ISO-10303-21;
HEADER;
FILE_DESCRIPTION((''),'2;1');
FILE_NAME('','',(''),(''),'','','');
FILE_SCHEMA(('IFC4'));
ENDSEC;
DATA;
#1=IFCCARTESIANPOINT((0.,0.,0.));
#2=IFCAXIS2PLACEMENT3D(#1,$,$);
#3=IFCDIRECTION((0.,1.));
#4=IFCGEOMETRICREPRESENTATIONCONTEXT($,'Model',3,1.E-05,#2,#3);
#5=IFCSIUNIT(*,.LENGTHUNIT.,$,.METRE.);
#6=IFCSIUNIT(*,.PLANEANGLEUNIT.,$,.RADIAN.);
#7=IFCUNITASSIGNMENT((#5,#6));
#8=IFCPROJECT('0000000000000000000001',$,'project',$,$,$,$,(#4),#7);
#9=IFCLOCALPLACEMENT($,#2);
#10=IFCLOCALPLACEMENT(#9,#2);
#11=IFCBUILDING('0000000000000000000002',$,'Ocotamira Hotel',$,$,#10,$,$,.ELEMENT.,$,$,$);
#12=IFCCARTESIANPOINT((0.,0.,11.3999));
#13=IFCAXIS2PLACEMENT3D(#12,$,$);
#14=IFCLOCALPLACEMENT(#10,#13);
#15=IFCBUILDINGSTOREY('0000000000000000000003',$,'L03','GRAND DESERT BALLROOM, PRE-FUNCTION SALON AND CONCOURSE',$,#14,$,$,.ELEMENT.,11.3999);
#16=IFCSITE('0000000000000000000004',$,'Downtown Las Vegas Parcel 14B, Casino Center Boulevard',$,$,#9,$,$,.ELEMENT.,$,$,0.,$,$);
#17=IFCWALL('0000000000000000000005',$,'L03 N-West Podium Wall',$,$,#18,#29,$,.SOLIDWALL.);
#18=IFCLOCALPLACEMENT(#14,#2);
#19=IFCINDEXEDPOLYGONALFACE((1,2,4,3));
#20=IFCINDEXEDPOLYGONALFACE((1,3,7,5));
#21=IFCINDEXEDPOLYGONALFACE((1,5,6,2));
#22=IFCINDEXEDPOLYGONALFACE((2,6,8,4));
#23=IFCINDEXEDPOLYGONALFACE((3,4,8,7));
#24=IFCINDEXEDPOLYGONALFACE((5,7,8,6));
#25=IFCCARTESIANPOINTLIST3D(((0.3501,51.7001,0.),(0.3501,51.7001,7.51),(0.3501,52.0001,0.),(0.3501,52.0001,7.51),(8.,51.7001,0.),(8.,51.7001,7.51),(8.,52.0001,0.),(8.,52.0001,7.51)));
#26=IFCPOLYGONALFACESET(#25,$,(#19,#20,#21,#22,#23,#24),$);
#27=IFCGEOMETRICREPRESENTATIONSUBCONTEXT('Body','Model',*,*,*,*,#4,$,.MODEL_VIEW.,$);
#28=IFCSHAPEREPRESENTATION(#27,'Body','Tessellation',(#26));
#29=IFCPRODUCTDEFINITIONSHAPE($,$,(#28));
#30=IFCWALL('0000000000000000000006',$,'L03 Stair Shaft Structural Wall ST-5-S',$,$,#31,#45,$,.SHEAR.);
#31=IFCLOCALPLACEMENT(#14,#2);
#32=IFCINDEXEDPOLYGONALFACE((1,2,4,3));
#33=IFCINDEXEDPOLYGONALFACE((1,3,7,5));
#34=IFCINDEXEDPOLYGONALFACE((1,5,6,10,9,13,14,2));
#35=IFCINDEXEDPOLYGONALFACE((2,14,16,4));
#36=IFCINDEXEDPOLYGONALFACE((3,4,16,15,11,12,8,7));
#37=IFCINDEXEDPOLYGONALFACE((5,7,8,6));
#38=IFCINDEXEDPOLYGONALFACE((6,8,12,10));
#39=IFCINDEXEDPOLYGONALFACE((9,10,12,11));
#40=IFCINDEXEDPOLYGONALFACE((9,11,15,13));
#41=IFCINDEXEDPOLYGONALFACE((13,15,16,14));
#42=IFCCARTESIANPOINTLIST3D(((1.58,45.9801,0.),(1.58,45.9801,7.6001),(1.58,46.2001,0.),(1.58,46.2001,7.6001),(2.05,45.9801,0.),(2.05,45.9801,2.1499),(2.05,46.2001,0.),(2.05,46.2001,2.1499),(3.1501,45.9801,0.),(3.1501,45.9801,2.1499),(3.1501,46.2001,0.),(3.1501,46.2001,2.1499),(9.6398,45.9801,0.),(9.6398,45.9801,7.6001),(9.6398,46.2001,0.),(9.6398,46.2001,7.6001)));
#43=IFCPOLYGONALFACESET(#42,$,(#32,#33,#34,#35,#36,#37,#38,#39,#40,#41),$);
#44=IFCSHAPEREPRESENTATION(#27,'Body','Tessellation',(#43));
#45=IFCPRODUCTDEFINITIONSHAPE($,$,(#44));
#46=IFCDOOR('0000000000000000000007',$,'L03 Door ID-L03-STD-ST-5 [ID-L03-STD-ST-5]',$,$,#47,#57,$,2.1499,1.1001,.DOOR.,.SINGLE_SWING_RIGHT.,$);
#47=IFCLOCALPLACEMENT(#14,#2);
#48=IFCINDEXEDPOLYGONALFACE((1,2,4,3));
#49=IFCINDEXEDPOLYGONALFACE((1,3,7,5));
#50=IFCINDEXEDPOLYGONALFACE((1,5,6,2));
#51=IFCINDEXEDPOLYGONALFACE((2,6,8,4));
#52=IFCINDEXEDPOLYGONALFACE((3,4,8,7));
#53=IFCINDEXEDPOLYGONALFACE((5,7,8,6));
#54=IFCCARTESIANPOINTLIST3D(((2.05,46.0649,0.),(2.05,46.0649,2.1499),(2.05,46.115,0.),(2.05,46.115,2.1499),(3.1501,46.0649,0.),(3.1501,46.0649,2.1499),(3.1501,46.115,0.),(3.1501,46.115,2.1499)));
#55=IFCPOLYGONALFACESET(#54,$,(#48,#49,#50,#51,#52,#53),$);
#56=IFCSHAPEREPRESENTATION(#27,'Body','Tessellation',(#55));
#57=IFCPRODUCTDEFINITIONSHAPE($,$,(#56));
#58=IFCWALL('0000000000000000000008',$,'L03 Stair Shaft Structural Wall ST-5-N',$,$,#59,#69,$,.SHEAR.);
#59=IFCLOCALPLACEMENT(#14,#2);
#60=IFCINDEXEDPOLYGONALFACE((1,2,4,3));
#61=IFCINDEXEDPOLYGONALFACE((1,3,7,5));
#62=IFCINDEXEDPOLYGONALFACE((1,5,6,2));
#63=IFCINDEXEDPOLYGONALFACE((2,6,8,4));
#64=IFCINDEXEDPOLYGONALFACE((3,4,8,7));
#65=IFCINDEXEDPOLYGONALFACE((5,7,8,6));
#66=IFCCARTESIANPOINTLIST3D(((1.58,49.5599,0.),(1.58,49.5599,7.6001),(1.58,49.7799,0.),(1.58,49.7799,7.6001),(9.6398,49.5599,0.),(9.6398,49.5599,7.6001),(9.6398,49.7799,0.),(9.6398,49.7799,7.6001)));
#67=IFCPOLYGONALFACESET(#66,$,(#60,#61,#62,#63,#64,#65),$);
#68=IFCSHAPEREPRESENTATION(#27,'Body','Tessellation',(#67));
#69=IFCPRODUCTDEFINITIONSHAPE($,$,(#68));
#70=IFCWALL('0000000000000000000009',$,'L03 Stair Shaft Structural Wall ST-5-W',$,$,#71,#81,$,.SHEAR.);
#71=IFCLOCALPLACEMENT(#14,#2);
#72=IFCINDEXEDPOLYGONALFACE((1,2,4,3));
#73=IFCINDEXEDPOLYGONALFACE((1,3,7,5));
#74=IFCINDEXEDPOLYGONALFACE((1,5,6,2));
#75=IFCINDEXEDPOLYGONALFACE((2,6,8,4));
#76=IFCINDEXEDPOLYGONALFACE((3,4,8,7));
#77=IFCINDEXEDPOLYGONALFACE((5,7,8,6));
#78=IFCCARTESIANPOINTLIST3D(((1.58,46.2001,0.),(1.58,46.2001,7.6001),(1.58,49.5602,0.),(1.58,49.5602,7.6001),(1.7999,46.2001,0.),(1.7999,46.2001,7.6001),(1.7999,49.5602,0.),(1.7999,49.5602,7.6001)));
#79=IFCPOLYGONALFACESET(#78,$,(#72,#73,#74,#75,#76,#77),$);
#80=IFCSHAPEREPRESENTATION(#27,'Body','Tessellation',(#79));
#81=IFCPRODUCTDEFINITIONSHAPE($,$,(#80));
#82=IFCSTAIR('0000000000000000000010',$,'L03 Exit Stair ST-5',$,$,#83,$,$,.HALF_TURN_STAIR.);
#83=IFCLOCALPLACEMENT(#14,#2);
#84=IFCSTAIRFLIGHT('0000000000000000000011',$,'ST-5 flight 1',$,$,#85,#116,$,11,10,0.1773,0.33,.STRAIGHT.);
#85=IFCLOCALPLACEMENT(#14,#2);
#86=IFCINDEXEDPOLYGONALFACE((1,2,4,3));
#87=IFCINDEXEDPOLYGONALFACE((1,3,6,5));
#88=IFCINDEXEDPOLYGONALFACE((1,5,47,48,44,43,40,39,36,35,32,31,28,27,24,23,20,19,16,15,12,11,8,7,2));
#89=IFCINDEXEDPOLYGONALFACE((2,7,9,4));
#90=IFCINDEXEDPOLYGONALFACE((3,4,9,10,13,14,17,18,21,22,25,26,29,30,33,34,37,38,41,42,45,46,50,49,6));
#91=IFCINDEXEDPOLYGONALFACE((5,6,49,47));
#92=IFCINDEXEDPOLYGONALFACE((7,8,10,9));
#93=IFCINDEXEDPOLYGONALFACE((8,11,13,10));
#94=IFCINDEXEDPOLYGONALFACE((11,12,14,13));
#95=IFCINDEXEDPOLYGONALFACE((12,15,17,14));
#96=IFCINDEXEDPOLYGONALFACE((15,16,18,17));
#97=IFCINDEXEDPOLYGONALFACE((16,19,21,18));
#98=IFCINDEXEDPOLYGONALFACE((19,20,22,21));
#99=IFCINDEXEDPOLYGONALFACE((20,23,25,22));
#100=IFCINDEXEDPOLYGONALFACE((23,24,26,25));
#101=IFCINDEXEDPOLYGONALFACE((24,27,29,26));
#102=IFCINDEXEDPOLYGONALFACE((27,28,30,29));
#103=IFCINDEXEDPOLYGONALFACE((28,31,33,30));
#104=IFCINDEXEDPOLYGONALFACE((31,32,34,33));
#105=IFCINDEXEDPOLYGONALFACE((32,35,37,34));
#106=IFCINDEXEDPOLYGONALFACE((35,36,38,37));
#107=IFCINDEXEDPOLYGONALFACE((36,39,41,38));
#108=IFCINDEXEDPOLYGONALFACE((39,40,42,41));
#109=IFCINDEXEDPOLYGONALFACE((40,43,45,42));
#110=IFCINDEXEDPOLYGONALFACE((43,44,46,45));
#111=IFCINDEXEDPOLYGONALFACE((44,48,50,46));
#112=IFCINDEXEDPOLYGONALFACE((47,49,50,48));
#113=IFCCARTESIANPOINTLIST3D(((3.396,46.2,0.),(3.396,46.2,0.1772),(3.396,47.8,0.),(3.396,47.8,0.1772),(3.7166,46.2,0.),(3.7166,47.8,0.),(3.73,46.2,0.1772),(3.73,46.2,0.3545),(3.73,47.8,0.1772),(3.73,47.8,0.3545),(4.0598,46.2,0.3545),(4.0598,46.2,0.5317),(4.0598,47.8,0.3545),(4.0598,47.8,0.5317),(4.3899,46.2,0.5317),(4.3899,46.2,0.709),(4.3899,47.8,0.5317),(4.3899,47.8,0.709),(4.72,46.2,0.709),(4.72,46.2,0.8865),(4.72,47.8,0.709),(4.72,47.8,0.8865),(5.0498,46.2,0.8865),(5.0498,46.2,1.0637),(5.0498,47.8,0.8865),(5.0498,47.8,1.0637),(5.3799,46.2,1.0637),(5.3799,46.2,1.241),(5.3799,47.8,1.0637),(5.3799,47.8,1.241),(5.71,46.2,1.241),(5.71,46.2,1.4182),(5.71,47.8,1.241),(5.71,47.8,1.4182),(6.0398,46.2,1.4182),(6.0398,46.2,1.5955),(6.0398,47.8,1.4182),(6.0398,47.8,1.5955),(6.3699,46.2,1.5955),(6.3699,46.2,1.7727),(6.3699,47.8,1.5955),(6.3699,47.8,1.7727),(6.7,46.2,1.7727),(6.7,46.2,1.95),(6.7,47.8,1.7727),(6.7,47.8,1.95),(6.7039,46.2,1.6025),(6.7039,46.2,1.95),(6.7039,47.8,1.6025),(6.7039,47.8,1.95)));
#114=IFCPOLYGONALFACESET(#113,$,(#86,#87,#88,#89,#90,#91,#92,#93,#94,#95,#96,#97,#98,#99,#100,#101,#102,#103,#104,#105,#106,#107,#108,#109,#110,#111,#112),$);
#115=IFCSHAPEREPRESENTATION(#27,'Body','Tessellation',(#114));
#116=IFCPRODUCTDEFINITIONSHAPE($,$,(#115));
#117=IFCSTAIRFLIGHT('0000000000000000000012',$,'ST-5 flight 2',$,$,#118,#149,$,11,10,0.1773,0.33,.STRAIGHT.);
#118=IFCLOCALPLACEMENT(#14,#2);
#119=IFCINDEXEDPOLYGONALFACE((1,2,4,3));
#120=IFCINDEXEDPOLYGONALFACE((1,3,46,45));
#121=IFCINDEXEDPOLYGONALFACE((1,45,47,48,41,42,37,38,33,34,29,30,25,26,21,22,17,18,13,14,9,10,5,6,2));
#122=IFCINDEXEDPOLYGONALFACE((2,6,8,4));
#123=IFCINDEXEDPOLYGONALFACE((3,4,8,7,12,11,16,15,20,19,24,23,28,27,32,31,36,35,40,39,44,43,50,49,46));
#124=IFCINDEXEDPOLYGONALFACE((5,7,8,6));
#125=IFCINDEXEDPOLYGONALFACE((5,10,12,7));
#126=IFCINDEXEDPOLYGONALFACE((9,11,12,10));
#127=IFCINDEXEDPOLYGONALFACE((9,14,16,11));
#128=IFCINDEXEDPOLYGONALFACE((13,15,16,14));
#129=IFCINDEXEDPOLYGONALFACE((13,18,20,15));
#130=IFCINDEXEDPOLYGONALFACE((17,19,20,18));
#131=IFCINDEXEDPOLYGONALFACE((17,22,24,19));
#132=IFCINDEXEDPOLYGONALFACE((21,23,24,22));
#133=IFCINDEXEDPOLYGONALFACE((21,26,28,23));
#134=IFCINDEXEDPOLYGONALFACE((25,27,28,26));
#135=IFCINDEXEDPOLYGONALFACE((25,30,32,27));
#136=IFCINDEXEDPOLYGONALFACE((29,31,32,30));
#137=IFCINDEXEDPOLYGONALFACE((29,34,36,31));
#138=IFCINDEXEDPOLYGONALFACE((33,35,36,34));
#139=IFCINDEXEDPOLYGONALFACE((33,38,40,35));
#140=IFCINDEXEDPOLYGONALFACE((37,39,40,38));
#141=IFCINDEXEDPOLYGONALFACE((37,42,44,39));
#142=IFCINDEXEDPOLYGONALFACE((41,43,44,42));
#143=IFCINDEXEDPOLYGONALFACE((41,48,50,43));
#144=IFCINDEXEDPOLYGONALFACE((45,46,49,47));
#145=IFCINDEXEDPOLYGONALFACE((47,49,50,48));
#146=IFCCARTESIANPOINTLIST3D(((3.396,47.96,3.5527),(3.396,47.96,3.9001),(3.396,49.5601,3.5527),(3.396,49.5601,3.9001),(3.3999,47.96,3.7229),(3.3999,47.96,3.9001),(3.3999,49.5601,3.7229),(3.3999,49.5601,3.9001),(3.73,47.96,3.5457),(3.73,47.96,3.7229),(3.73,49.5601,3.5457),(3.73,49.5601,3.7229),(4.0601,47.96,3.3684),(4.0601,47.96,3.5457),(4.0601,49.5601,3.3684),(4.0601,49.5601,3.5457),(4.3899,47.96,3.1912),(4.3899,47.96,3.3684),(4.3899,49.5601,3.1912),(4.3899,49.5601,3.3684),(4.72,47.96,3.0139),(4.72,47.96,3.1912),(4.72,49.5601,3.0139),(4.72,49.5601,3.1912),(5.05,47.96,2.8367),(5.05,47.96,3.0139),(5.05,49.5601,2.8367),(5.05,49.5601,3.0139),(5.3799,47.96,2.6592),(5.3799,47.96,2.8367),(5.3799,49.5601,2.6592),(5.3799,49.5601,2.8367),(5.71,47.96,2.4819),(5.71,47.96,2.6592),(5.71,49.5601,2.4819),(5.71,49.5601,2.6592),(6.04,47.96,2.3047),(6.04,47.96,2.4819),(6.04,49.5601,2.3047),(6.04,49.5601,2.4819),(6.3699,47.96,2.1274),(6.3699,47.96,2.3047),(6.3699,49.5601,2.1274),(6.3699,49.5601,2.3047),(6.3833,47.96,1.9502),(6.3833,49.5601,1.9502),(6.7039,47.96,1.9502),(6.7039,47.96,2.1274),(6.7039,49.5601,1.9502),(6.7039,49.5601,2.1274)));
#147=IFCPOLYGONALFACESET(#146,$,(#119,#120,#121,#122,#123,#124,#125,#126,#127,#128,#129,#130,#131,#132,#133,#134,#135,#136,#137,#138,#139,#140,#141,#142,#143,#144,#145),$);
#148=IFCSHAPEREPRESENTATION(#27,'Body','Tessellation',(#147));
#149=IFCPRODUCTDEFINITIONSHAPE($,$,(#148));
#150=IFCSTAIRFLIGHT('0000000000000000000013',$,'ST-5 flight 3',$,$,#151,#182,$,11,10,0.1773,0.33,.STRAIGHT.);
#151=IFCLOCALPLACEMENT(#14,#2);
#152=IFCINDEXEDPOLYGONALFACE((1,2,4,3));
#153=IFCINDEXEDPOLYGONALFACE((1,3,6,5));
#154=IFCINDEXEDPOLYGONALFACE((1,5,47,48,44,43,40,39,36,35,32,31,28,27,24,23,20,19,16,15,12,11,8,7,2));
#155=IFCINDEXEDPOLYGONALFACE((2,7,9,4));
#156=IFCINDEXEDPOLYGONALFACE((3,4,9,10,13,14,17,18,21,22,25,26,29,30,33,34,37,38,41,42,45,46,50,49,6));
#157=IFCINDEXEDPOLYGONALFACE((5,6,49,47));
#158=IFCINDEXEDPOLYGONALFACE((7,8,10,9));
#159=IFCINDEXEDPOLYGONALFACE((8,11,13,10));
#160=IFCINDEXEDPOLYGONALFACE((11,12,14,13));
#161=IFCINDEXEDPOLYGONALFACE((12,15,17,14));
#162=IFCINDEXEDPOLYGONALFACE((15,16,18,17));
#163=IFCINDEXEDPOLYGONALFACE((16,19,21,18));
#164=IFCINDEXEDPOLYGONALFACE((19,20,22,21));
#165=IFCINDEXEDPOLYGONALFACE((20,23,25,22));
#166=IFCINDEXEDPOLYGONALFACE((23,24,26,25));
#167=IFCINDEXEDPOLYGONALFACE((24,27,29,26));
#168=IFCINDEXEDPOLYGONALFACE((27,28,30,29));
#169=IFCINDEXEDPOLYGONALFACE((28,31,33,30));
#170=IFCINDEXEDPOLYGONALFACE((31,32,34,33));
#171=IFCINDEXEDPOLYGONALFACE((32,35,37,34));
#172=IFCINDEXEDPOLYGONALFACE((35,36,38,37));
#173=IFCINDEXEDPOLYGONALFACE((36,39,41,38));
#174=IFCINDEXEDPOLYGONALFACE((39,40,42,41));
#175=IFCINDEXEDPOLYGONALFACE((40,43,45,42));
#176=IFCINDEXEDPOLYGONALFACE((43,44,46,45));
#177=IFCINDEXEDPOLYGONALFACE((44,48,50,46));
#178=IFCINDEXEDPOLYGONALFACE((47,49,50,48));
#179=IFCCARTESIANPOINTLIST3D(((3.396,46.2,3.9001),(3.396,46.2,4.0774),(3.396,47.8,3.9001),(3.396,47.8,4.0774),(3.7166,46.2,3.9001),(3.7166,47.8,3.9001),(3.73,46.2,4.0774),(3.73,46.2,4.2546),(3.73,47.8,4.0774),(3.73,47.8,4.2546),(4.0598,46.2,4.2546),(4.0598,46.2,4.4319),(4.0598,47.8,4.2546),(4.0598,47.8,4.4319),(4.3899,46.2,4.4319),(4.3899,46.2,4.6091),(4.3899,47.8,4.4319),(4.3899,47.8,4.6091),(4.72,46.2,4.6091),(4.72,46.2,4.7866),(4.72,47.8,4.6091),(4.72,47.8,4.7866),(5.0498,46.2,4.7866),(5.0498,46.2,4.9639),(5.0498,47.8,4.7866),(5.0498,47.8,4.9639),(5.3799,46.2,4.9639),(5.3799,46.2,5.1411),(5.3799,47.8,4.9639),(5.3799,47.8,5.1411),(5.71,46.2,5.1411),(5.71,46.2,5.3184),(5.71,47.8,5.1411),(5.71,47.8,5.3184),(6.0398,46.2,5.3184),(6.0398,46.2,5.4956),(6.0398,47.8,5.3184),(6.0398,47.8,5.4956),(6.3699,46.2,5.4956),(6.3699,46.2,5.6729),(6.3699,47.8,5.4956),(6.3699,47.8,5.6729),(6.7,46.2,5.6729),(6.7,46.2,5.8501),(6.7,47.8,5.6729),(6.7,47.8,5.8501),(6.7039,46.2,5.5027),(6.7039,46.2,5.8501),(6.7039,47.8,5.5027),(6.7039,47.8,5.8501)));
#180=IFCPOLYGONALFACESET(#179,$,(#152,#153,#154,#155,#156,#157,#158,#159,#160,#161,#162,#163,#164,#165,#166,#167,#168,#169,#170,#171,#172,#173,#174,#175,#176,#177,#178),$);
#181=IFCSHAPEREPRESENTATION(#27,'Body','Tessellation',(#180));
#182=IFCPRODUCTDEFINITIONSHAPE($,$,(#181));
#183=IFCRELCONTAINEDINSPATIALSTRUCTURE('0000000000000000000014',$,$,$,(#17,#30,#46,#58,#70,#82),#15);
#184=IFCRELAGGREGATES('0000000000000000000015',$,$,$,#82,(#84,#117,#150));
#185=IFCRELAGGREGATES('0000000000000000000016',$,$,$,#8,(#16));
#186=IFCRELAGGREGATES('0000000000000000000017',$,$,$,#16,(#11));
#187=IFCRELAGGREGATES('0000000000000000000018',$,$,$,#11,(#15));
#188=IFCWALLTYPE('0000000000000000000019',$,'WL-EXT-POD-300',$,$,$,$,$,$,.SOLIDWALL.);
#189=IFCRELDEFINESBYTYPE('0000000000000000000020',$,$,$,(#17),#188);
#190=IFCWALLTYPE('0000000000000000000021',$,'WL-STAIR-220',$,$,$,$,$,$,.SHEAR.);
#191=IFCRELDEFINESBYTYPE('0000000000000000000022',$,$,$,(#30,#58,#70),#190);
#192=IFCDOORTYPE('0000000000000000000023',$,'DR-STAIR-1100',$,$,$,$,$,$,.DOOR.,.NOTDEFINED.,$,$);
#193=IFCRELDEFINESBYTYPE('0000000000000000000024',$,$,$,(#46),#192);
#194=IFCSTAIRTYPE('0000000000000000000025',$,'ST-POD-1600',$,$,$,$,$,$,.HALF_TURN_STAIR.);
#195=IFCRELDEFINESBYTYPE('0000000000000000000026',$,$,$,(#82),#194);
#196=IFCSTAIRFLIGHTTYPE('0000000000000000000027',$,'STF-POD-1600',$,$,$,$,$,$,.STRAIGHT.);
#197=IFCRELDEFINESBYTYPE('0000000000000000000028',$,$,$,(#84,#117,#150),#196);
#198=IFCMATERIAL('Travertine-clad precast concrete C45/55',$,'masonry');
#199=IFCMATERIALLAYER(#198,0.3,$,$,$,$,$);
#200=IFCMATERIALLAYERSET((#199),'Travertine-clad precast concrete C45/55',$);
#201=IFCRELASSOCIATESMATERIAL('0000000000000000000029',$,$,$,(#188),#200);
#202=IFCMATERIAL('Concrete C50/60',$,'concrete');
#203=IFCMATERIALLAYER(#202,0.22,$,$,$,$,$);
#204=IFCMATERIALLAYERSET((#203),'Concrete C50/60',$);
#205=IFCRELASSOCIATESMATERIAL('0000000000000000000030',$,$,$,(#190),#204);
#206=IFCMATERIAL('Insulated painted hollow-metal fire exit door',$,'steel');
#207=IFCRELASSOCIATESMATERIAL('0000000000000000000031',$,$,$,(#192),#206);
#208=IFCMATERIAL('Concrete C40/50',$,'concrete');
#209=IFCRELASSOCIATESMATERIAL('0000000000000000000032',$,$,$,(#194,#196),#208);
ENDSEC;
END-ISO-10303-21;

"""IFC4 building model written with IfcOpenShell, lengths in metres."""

from ifc_helpers import new_model, si_unit, direction, frame, frame_2d, origin, place, context, subcontext, project, spatial, polyline, rectangle, outline, extrude, source, transform, mapped, material, layer, layer_set, type_object, element, fill, aggregate, save


model = new_model("IFC4")

# Units and contexts
model_context = context("Model", 3, precision=1e-05, world=origin(), true_north=direction((0.0, 1.0)))
body_context = subcontext(model_context, "Body", "Model", "MODEL_VIEW")
ifc_project = project(units=[si_unit("LENGTHUNIT", "METRE"), si_unit("PLANEANGLEUNIT", "RADIAN")], contexts=[model_context])

# Site, building, storey
site_placement = place(None, origin())
site = spatial("IfcSite", under=ifc_project, at=site_placement, Name="Downtown Las Vegas Parcel 14B, Casino Center Boulevard", CompositionType="ELEMENT", RefElevation=0.0)
building_placement = place(site_placement, origin())
building = spatial("IfcBuilding", under=site, at=building_placement, Name="Ocotamira Hotel", CompositionType="ELEMENT")
storey_placement = place(building_placement, frame((0.0, 0.0, 11.3999)))
storey = spatial("IfcBuildingStorey", under=building, at=storey_placement, Name="L03", Description="GRAND DESERT BALLROOM, PRE-FUNCTION SALON AND CONCOURSE", CompositionType="ELEMENT", Elevation=11.3999)

# Shared definitions
ifc_material_1 = material(Name="Concrete C50/60", Category="concrete")

# Wall
ifc_material_2 = material(Name="Travertine-clad precast concrete C45/55", Category="masonry")
ifc_layer_1 = layer(ifc_material_2, 0.3)
ifc_layer_set_1 = layer_set([ifc_layer_1], Name="Travertine-clad precast concrete C45/55")
wall_type_1 = type_object("IfcWallType", Name="WL-EXT-POD-300", PredefinedType="SOLIDWALL", material=ifc_layer_set_1)
wall_1_placement = place(storey_placement, frame((0.3501, 51.8501, 0.0), z_axis=(0.0, 0.0, 1.0), x_axis=(1.0, 0.0, 0.0)))
element("IfcWall", 1, at=wall_1_placement, inside=storey, type_object=wall_type_1, Name="L03 N-West Podium Wall", PredefinedType="SOLIDWALL", context=body_context, shape_type="SweptSolid", body=[
    extrude(rectangle(XDim=7.6499, YDim=0.3, at=frame_2d((3.825, 0.0))), origin(), (0.0, 0.0, 1.0), 7.51),
])

# Wall, opening, door
ifc_layer_2 = layer(ifc_material_1, 0.22)
ifc_layer_set_2 = layer_set([ifc_layer_2], Name="Concrete C50/60")
wall_type_2 = type_object("IfcWallType", Name="WL-STAIR-220", PredefinedType="SHEAR", material=ifc_layer_set_2)
wall_2_placement = place(storey_placement, frame((1.5801, 46.0901, 0.0), z_axis=(0.0, 0.0, 1.0), x_axis=(1.0, 0.0, 0.0)))
wall_2 = element("IfcWall", 2, at=wall_2_placement, inside=storey, type_object=wall_type_2, Name="L03 Stair Shaft Structural Wall ST-5-S", PredefinedType="SHEAR", context=body_context, shape_type="SweptSolid", body=[
    extrude(rectangle(XDim=8.0598, YDim=0.22, at=frame_2d((4.0298, 0.0))), origin(), (0.0, 0.0, 1.0), 7.6001),
])
opening_placement = place(wall_2_placement, frame((0.47, 0.0, 0.0)))
opening = element("IfcOpeningElement", 3, at=opening_placement, cuts=wall_2, PredefinedType="OPENING", context=body_context, shape_type="SweptSolid", body=[
    extrude(rectangle(XDim=1.1001, YDim=2.1499, at=frame_2d((0.55, 1.075))), frame((0.0, 0.1201, 0.0), z_axis=(0.0, -1.0, 0.0), x_axis=(1.0, 0.0, 0.0)), (0.0, 0.0, 1.0), 0.24),
])
ifc_material_3 = material(Name="Insulated painted hollow-metal fire exit door", Category="steel")
door_type = type_object("IfcDoorType", Name="DR-STAIR-1100", OperationType="NOTDEFINED", PredefinedType="DOOR", material=ifc_material_3)
shared_shape_1 = source(origin(), body_context, "Body", "SweptSolid", [
    extrude(rectangle(XDim=1.1001, YDim=2.1499, at=frame_2d((0.55, 1.075))), frame((0.0, 0.0249, 0.0), z_axis=(0.0, -1.0, 0.0), x_axis=(1.0, 0.0, 0.0)), (0.0, 0.0, 1.0), 0.05),
])
door_placement = place(opening_placement, origin())
door = element("IfcDoor", 4, at=door_placement, inside=storey, type_object=door_type, Name="L03 Door ID-L03-STD-ST-5 [ID-L03-STD-ST-5]", OperationType="SINGLE_SWING_RIGHT", OverallHeight=2.1499, OverallWidth=1.1001, PredefinedType="DOOR", context=body_context, shape_type="MappedRepresentation", body=[
    mapped(shared_shape_1, transform((0.0, 0.0, 0.0), scale=1.0)),
])
fill(opening, door)

# Walls
wall_3_placement = place(storey_placement, frame((1.5801, 49.6699, 0.0), z_axis=(0.0, 0.0, 1.0), x_axis=(1.0, 0.0, 0.0)))
element("IfcWall", 5, at=wall_3_placement, inside=storey, type_object=wall_type_2, Name="L03 Stair Shaft Structural Wall ST-5-N", PredefinedType="SHEAR", context=body_context, shape_type="SweptSolid", body=[
    extrude(rectangle(XDim=8.0598, YDim=0.22, at=frame_2d((4.0298, 0.0))), origin(), (0.0, 0.0, 1.0), 7.6001),
])
wall_4_placement = place(storey_placement, frame((1.6899, 46.2, 0.0), z_axis=(0.0, 0.0, 1.0), x_axis=(0.0, 1.0, 0.0)))
element("IfcWall", 6, at=wall_4_placement, inside=storey, type_object=wall_type_2, Name="L03 Stair Shaft Structural Wall ST-5-W", PredefinedType="SHEAR", context=body_context, shape_type="SweptSolid", body=[
    extrude(rectangle(XDim=3.3601, YDim=0.22, at=frame_2d((1.6802, 0.0))), origin(), (0.0, 0.0, 1.0), 7.6001),
])

# Stair, stair flights
ifc_material_4 = material(Name="Concrete C40/50", Category="concrete")
stair_type = type_object("IfcStairType", Name="ST-POD-1600", PredefinedType="HALF_TURN_STAIR", material=ifc_material_4)
stair_placement = place(storey_placement, origin())
stair = element("IfcStair", 7, at=stair_placement, inside=storey, type_object=stair_type, Name="L03 Exit Stair ST-5", PredefinedType="HALF_TURN_STAIR")
stair_flight_type = type_object("IfcStairFlightType", Name="STF-POD-1600", PredefinedType="STRAIGHT", material=ifc_material_4)
shared_shape_2 = source(origin(), body_context, "Body", "SweptSolid", [
    extrude(outline(polyline([(-0.0039, 0.0), (-0.0039, 0.1772), (0.3301, 0.1772), (0.3301, 0.3545), (0.6599, 0.3545), (0.6599, 0.5317), (0.99, 0.5317), (0.99, 0.709), (1.3201, 0.709), (1.3201, 0.8865), (1.6499, 0.8865), (1.6499, 1.0637), (1.98, 1.0637), (1.98, 1.241), (2.3101, 1.241), (2.3101, 1.4182), (2.6399, 1.4182), (2.6399, 1.5955), (2.97, 1.5955), (2.97, 1.7727), (3.3, 1.7727), (3.3, 1.95), (3.304, 1.95), (3.304, 1.6025), (0.3167, 0.0), (-0.0039, 0.0)])), frame((0.0, 0.8, 0.0), z_axis=(0.0, -1.0, 0.0), x_axis=(1.0, 0.0, 0.0)), (0.0, 0.0, 1.0), 1.6001),
])
stair_flight_1_placement = place(storey_placement, frame((3.3999, 47.0, 0.0), z_axis=(0.0, 0.0, 1.0), x_axis=(1.0, 0.0, 0.0)))
stair_flight_1 = element("IfcStairFlight", 8, at=stair_flight_1_placement, type_object=stair_flight_type, Name="ST-5 flight 1", NumberOfRisers=11, NumberOfTreads=10, PredefinedType="STRAIGHT", RiserHeight=0.1773, TreadLength=0.33, context=body_context, shape_type="MappedRepresentation", body=[
    mapped(shared_shape_2, transform((0.0, 0.0, 0.0), scale=1.0)),
])
stair_flight_2_placement = place(storey_placement, frame((6.7, 48.76, 1.9502), z_axis=(0.0, 0.0, 1.0), x_axis=(-1.0, 0.0, 0.0)))
stair_flight_2 = element("IfcStairFlight", 9, at=stair_flight_2_placement, type_object=stair_flight_type, Name="ST-5 flight 2", NumberOfRisers=11, NumberOfTreads=10, PredefinedType="STRAIGHT", RiserHeight=0.1773, TreadLength=0.33, context=body_context, shape_type="MappedRepresentation", body=[
    mapped(shared_shape_2, transform((0.0, 0.0, 0.0), scale=1.0)),
])
stair_flight_3_placement = place(storey_placement, frame((3.3999, 47.0, 3.9001), z_axis=(0.0, 0.0, 1.0), x_axis=(1.0, 0.0, 0.0)))
stair_flight_3 = element("IfcStairFlight", 10, at=stair_flight_3_placement, type_object=stair_flight_type, Name="ST-5 flight 3", NumberOfRisers=11, NumberOfTreads=10, PredefinedType="STRAIGHT", RiserHeight=0.1773, TreadLength=0.33, context=body_context, shape_type="MappedRepresentation", body=[
    mapped(shared_shape_2, transform((0.0, 0.0, 0.0), scale=1.0)),
])
aggregate(stair, [stair_flight_1, stair_flight_2, stair_flight_3])

save(model, "model.ifc")
